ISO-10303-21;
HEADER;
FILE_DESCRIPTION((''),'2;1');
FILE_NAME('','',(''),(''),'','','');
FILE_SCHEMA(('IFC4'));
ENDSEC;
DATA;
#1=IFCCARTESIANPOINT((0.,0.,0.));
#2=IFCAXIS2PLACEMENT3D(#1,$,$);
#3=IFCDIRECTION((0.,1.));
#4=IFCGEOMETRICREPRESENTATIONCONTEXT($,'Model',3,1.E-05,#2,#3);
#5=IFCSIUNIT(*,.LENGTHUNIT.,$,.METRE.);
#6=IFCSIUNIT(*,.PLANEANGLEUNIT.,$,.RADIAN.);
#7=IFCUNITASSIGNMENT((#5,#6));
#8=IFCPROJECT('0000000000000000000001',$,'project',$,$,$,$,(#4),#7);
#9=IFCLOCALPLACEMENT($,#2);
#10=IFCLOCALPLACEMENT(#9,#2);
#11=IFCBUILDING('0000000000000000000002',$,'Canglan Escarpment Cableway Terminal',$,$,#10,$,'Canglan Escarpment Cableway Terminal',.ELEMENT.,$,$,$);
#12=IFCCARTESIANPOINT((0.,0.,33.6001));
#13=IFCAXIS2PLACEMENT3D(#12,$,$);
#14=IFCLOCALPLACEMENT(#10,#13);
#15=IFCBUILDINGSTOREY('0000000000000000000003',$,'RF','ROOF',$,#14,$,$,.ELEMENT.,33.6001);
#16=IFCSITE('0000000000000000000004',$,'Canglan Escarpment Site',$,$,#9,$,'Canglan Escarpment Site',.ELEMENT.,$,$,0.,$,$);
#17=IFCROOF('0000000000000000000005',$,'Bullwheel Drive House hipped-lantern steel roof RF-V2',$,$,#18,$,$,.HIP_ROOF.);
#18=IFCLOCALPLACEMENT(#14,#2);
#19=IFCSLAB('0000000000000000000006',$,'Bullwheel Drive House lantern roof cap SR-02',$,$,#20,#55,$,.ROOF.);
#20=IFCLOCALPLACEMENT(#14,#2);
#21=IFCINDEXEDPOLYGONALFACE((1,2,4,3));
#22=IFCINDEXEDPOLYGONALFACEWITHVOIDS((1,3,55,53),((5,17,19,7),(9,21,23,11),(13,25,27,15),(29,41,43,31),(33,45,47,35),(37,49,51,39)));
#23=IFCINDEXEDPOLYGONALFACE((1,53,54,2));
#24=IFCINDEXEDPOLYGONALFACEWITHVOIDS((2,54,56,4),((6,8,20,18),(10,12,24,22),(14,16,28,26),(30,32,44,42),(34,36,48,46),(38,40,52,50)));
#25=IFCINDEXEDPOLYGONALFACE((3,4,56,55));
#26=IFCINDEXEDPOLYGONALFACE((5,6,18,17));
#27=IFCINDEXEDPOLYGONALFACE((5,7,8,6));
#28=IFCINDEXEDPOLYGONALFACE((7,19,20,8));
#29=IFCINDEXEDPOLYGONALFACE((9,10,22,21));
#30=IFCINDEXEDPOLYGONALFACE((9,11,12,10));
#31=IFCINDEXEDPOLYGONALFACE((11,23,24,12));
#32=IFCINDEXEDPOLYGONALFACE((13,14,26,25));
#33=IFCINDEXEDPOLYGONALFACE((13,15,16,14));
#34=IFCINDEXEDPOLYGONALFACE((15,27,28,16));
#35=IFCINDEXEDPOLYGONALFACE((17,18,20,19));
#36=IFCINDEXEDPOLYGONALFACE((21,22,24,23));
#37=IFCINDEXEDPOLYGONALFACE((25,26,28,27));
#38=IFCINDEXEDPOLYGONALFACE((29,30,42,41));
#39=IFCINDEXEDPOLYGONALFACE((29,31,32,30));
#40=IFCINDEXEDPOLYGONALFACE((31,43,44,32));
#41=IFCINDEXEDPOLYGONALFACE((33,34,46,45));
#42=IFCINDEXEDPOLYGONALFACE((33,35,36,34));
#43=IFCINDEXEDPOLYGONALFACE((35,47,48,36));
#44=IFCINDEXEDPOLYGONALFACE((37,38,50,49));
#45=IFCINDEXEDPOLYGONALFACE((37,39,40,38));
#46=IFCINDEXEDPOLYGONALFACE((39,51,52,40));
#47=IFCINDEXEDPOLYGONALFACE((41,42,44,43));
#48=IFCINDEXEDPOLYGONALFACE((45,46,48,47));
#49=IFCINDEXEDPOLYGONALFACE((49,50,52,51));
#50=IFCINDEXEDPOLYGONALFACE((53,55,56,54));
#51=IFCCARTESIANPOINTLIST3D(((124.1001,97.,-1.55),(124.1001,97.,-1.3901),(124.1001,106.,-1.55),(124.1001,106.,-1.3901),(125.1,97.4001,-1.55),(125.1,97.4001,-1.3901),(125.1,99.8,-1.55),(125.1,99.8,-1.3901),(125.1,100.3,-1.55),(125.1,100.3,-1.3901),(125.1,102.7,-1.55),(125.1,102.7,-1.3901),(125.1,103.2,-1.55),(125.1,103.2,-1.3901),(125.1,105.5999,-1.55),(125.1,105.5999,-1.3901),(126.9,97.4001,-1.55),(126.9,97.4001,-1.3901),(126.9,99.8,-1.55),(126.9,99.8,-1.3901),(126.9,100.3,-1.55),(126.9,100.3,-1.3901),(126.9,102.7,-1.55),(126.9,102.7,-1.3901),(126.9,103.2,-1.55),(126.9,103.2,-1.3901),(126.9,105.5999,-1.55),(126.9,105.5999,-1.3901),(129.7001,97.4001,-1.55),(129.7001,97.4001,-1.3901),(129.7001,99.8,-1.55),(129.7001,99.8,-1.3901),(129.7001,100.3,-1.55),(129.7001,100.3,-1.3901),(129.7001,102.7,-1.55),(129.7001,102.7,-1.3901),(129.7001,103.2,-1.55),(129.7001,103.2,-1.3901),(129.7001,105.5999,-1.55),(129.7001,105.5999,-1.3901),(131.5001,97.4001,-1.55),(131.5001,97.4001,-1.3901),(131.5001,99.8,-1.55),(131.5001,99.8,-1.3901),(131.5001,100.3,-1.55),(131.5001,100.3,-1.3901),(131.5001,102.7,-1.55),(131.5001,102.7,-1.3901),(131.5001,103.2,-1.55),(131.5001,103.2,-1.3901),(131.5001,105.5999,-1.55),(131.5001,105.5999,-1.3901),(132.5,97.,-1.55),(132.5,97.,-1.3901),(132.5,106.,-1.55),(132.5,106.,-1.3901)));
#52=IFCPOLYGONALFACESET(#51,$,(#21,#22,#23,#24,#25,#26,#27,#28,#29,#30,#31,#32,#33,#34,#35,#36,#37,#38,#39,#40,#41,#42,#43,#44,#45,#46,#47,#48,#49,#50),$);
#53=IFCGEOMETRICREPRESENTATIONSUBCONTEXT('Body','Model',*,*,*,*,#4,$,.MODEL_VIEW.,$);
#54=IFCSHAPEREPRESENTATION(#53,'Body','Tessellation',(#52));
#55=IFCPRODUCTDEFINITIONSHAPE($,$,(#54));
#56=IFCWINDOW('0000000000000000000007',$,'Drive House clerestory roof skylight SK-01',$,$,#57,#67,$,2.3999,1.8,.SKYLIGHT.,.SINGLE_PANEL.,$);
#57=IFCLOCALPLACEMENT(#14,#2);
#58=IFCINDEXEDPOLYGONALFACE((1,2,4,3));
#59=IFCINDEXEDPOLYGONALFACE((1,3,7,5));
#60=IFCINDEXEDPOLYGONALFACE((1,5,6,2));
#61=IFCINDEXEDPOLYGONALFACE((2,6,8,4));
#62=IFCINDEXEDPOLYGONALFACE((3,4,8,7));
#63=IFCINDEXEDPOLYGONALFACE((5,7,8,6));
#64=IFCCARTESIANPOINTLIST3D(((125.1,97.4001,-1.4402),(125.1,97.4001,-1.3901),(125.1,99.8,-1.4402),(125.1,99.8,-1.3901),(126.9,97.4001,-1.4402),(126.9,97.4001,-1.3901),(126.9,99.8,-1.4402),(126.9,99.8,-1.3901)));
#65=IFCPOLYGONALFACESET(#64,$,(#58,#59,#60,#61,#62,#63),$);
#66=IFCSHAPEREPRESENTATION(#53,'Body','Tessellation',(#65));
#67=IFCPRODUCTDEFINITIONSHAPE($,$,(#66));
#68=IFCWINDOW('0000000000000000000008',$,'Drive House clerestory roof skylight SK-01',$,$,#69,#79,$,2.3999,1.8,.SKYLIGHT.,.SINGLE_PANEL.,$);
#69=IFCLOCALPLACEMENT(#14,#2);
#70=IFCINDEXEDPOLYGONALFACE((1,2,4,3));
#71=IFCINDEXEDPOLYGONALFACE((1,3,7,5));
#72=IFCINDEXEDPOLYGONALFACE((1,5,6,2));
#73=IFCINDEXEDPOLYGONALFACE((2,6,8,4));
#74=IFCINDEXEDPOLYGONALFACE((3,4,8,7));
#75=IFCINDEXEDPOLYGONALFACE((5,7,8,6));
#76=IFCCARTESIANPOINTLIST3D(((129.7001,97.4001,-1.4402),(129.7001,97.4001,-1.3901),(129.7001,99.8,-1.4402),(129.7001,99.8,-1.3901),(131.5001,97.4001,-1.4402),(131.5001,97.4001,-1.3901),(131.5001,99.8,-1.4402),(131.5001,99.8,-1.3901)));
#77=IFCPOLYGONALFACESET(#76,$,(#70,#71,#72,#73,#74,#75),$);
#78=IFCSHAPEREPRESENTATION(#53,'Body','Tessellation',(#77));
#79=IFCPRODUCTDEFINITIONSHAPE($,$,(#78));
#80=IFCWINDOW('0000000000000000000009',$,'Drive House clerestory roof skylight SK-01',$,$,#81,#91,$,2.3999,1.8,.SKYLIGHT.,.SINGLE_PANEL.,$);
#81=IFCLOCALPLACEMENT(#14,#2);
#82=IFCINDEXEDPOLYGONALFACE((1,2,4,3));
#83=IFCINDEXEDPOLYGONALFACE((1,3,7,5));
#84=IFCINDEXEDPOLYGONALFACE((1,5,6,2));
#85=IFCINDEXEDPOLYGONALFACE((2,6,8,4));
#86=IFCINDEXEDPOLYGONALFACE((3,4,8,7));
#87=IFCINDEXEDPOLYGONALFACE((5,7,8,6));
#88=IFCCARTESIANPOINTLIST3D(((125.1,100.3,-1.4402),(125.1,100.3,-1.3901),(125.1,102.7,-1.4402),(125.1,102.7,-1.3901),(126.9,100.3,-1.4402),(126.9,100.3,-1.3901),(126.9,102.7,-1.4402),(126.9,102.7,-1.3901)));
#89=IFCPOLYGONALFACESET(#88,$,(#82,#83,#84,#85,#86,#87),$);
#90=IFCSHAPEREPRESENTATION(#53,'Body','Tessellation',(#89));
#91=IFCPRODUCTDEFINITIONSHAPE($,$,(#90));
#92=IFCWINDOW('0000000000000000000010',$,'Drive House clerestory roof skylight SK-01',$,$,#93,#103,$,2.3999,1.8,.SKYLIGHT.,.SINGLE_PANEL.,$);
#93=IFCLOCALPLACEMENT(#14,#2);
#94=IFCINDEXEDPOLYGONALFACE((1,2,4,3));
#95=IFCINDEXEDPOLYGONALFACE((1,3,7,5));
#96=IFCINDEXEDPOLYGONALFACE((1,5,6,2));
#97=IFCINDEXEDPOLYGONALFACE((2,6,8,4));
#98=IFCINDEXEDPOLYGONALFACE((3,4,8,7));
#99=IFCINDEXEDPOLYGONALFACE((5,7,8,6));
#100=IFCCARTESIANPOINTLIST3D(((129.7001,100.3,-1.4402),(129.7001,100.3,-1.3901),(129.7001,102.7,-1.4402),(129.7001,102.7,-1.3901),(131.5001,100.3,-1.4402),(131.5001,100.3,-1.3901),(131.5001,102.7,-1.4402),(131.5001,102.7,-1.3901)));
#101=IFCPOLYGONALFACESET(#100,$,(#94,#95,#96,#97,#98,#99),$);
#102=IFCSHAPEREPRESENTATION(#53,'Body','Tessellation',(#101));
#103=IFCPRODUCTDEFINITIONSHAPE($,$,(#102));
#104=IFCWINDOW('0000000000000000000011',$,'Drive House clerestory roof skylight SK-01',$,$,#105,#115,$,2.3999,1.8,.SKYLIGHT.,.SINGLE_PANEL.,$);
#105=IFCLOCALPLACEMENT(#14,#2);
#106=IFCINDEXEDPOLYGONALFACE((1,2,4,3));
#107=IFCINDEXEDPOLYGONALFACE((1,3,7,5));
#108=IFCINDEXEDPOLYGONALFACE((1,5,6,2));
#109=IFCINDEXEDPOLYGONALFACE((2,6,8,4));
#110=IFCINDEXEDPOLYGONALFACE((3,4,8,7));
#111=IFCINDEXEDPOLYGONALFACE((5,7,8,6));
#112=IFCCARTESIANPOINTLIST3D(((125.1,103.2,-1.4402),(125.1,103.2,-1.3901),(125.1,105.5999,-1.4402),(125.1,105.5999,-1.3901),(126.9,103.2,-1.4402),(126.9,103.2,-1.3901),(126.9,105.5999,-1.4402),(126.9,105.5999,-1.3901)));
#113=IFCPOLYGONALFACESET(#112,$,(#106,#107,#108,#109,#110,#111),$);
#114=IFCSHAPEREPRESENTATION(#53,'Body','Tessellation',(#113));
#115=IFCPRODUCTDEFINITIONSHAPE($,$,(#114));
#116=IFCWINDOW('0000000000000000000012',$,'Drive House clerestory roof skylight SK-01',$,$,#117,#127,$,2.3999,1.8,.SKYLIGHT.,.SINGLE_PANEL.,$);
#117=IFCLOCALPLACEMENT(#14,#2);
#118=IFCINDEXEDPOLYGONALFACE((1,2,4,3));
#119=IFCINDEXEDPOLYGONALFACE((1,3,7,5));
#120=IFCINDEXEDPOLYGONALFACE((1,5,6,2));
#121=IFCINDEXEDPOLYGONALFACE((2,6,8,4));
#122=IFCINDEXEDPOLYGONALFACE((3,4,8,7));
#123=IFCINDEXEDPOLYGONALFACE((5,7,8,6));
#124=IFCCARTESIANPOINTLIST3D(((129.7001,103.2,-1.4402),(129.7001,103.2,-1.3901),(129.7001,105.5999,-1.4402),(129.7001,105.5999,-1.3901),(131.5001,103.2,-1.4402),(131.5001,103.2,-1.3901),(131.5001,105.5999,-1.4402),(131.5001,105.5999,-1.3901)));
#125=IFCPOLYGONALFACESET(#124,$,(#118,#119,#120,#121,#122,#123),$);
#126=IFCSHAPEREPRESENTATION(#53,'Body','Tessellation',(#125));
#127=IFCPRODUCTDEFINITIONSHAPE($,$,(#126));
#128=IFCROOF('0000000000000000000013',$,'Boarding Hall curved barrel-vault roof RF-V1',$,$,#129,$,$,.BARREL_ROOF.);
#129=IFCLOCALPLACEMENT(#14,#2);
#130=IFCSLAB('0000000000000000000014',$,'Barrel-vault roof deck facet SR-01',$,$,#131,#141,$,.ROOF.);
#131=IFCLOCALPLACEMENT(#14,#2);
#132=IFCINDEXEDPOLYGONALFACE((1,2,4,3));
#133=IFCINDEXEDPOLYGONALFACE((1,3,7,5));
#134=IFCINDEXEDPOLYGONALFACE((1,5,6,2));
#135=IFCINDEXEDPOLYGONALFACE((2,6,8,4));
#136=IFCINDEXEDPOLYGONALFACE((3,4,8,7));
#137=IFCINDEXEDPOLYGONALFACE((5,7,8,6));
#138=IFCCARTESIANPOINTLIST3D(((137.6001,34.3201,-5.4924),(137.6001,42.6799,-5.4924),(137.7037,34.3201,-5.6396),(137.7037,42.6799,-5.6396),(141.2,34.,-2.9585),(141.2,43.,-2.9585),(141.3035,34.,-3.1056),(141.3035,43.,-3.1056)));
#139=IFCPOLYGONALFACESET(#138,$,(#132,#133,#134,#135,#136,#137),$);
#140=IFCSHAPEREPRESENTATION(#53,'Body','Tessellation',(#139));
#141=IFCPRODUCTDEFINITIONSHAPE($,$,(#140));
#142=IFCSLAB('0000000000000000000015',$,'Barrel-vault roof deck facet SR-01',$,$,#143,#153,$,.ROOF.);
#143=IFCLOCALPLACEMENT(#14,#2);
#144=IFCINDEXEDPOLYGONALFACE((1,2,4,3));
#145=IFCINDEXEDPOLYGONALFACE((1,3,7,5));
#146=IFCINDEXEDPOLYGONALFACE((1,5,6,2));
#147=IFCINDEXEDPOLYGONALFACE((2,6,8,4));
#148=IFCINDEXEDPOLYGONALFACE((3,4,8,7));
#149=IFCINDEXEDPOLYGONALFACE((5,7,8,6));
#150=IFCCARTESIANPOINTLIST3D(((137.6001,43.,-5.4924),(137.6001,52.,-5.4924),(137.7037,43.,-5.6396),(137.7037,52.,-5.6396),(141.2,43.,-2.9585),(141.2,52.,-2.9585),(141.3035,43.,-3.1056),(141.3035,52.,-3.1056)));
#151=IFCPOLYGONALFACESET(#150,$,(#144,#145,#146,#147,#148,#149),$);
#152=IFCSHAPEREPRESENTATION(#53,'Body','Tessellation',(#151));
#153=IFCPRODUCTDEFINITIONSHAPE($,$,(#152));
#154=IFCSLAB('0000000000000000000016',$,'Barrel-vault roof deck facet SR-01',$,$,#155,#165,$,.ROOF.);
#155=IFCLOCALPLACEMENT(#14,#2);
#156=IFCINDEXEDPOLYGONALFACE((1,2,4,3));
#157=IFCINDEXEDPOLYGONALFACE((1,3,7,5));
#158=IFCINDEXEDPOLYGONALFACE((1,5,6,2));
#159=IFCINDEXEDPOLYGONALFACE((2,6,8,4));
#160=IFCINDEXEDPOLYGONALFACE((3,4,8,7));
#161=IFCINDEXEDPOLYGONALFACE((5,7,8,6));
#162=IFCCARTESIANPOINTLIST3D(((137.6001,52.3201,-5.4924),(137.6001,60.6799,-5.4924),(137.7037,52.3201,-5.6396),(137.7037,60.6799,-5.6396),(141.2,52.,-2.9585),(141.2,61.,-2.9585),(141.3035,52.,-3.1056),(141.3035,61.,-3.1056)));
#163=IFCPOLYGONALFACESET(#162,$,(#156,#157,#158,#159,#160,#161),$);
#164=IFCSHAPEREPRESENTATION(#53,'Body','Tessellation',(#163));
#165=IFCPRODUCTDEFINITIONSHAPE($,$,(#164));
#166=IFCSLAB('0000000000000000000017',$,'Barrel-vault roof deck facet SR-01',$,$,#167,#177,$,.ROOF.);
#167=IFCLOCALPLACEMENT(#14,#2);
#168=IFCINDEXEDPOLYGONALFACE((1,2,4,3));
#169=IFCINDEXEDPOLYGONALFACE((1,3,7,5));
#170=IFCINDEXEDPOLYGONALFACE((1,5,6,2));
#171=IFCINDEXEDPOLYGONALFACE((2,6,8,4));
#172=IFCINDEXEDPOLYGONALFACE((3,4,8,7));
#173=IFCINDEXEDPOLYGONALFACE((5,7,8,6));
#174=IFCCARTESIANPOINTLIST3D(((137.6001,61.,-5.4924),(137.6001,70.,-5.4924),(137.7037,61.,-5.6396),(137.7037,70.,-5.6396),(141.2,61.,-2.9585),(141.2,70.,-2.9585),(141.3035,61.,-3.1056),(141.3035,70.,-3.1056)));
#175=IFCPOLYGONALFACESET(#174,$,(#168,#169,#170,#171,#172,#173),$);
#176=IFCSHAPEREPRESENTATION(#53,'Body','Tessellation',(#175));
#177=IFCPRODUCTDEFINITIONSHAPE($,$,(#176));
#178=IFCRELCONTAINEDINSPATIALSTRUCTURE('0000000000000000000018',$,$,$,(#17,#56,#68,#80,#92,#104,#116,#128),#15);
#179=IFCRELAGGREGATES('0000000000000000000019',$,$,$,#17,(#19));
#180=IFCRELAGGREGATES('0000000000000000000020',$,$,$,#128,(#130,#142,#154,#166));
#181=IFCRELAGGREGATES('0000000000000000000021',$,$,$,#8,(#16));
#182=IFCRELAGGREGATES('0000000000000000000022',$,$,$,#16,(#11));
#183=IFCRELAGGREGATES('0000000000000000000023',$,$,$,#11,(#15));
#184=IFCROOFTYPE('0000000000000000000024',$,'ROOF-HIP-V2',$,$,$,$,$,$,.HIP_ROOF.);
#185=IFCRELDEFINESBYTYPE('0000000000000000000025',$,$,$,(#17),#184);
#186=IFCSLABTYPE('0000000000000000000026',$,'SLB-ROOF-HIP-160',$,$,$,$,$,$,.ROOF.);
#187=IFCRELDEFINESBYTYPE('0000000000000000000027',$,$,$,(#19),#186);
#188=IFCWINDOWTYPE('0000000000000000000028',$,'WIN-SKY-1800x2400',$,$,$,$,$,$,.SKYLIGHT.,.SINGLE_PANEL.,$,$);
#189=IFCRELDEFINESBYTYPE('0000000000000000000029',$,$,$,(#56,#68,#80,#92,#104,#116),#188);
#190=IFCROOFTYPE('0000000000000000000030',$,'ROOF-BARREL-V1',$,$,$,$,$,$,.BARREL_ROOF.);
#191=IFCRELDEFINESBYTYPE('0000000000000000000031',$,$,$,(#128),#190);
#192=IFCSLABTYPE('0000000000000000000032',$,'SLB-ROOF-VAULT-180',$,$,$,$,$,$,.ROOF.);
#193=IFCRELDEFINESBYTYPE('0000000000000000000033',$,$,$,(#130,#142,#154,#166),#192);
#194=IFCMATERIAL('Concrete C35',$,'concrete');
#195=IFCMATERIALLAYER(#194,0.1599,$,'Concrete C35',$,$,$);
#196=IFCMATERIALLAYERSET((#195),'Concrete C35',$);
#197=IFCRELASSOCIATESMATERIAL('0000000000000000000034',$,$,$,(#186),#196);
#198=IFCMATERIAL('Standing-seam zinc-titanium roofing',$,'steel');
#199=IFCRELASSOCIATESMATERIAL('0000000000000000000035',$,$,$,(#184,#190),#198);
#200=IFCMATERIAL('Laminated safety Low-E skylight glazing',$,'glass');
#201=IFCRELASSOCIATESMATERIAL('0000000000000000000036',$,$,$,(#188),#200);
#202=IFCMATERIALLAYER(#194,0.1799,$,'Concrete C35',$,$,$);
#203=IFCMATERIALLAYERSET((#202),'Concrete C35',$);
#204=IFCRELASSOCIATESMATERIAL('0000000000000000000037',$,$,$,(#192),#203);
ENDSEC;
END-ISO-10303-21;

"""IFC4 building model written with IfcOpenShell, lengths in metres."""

from ifc_helpers import new_model, si_unit, direction, frame, origin, origin_2d, place, context, subcontext, project, spatial, polyline, rectangle, outline, extrude, material, layer, layer_set, type_object, element, fill, aggregate, save


model = new_model("IFC4")

# Units and contexts
model_context = context("Model", 3, precision=1e-05, world=origin(), true_north=direction((0.0, 1.0)))
body_context = subcontext(model_context, "Body", "Model", "MODEL_VIEW")
ifc_project = project(units=[si_unit("LENGTHUNIT", "METRE"), si_unit("PLANEANGLEUNIT", "RADIAN")], contexts=[model_context])

# Site, building, storey
site_placement = place(None, origin())
site = spatial("IfcSite", under=ifc_project, at=site_placement, Name="Canglan Escarpment Site", LongName="Canglan Escarpment Site", CompositionType="ELEMENT", RefElevation=0.0)
building_placement = place(site_placement, origin())
building = spatial("IfcBuilding", under=site, at=building_placement, Name="Canglan Escarpment Cableway Terminal", LongName="Canglan Escarpment Cableway Terminal", CompositionType="ELEMENT")
storey_placement = place(building_placement, frame((0.0, 0.0, 33.6001)))
storey = spatial("IfcBuildingStorey", under=building, at=storey_placement, Name="RF", Description="ROOF", CompositionType="ELEMENT", Elevation=33.6001)

# Shared definitions
ifc_material_1 = material(Name="Standing-seam zinc-titanium roofing", Category="steel")
ifc_material_2 = material(Name="Concrete C35", Category="concrete")

# Shared definitions
ifc_layer_1 = layer(ifc_material_2, 0.1599, Name="Concrete C35")
ifc_layer_set_1 = layer_set([ifc_layer_1], Name="Concrete C35")
slab_type_1 = type_object("IfcSlabType", Name="SLB-ROOF-HIP-160", PredefinedType="ROOF", material=ifc_layer_set_1)
ifc_material_3 = material(Name="Laminated safety Low-E skylight glazing", Category="glass")

# Roof, slab, openings, windows
roof_type_1 = type_object("IfcRoofType", Name="ROOF-HIP-V2", PredefinedType="HIP_ROOF", material=ifc_material_1)
roof_1_placement = place(storey_placement, origin())
roof_1 = element("IfcRoof", 1, at=roof_1_placement, inside=storey, type_object=roof_type_1, Name="Bullwheel Drive House hipped-lantern steel roof RF-V2", PredefinedType="HIP_ROOF")
slab_1_placement = place(storey_placement, frame((0.0, 0.0, -1.55)))
slab_1 = element("IfcSlab", 2, at=slab_1_placement, type_object=slab_type_1, Name="Bullwheel Drive House lantern roof cap SR-02", PredefinedType="ROOF", context=body_context, shape_type="SweptSolid", body=[
    extrude(outline(polyline([(124.1001, 97.0), (132.5, 97.0), (132.5, 106.0), (124.1001, 106.0), (124.1001, 97.0)])), origin(), (0.0, 0.0, 1.0), 0.1599),
])
opening_1_placement = place(slab_1_placement, frame((126.0, 98.6001, 0.0)))
opening_1 = element("IfcOpeningElement", 3, at=opening_1_placement, cuts=slab_1, PredefinedType="OPENING", context=body_context, shape_type="SweptSolid", body=[
    extrude(rectangle(XDim=1.8, YDim=2.3999, at=origin_2d()), frame((0.0, 0.0, -0.01)), (0.0, 0.0, 1.0), 0.1799),
])
opening_2_placement = place(slab_1_placement, frame((130.6001, 98.6001, 0.0)))
opening_2 = element("IfcOpeningElement", 4, at=opening_2_placement, cuts=slab_1, PredefinedType="OPENING", context=body_context, shape_type="SweptSolid", body=[
    extrude(rectangle(XDim=1.8, YDim=2.3999, at=origin_2d()), frame((0.0, 0.0, -0.01)), (0.0, 0.0, 1.0), 0.1799),
])
opening_3_placement = place(slab_1_placement, frame((126.0, 101.5, 0.0)))
opening_3 = element("IfcOpeningElement", 5, at=opening_3_placement, cuts=slab_1, PredefinedType="OPENING", context=body_context, shape_type="SweptSolid", body=[
    extrude(rectangle(XDim=1.8, YDim=2.3999, at=origin_2d()), frame((0.0, 0.0, -0.01)), (0.0, 0.0, 1.0), 0.1799),
])
opening_4_placement = place(slab_1_placement, frame((130.6001, 101.5, 0.0)))
opening_4 = element("IfcOpeningElement", 6, at=opening_4_placement, cuts=slab_1, PredefinedType="OPENING", context=body_context, shape_type="SweptSolid", body=[
    extrude(rectangle(XDim=1.8, YDim=2.3999, at=origin_2d()), frame((0.0, 0.0, -0.01)), (0.0, 0.0, 1.0), 0.1799),
])
opening_5_placement = place(slab_1_placement, frame((126.0, 104.3999, 0.0)))
opening_5 = element("IfcOpeningElement", 7, at=opening_5_placement, cuts=slab_1, PredefinedType="OPENING", context=body_context, shape_type="SweptSolid", body=[
    extrude(rectangle(XDim=1.8, YDim=2.3999, at=origin_2d()), frame((0.0, 0.0, -0.01)), (0.0, 0.0, 1.0), 0.1799),
])
opening_6_placement = place(slab_1_placement, frame((130.6001, 104.3999, 0.0)))
opening_6 = element("IfcOpeningElement", 8, at=opening_6_placement, cuts=slab_1, PredefinedType="OPENING", context=body_context, shape_type="SweptSolid", body=[
    extrude(rectangle(XDim=1.8, YDim=2.3999, at=origin_2d()), frame((0.0, 0.0, -0.01)), (0.0, 0.0, 1.0), 0.1799),
])
window_type_1 = type_object("IfcWindowType", Name="WIN-SKY-1800x2400", PartitioningType="SINGLE_PANEL", PredefinedType="SKYLIGHT", material=ifc_material_3)
window_1_placement = place(opening_1_placement, frame((0.0, 0.0, 0.1099)))
window_1 = element("IfcWindow", 9, at=window_1_placement, inside=storey, type_object=window_type_1, Name="Drive House clerestory roof skylight SK-01", OverallHeight=2.3999, OverallWidth=1.8, PartitioningType="SINGLE_PANEL", PredefinedType="SKYLIGHT", context=body_context, shape_type="SweptSolid", body=[
    extrude(rectangle(XDim=1.8, YDim=2.3999, at=origin_2d()), origin(), (0.0, 0.0, 1.0), 0.05),
])
fill(opening_1, window_1)
window_2_placement = place(opening_2_placement, frame((0.0, 0.0, 0.1099)))
window_2 = element("IfcWindow", 10, at=window_2_placement, inside=storey, type_object=window_type_1, Name="Drive House clerestory roof skylight SK-01", OverallHeight=2.3999, OverallWidth=1.8, PartitioningType="SINGLE_PANEL", PredefinedType="SKYLIGHT", context=body_context, shape_type="SweptSolid", body=[
    extrude(rectangle(XDim=1.8, YDim=2.3999, at=origin_2d()), origin(), (0.0, 0.0, 1.0), 0.05),
])
fill(opening_2, window_2)
window_3_placement = place(opening_3_placement, frame((0.0, 0.0, 0.1099)))
window_3 = element("IfcWindow", 11, at=window_3_placement, inside=storey, type_object=window_type_1, Name="Drive House clerestory roof skylight SK-01", OverallHeight=2.3999, OverallWidth=1.8, PartitioningType="SINGLE_PANEL", PredefinedType="SKYLIGHT", context=body_context, shape_type="SweptSolid", body=[
    extrude(rectangle(XDim=1.8, YDim=2.3999, at=origin_2d()), origin(), (0.0, 0.0, 1.0), 0.05),
])
fill(opening_3, window_3)
window_4_placement = place(opening_4_placement, frame((0.0, 0.0, 0.1099)))
window_4 = element("IfcWindow", 12, at=window_4_placement, inside=storey, type_object=window_type_1, Name="Drive House clerestory roof skylight SK-01", OverallHeight=2.3999, OverallWidth=1.8, PartitioningType="SINGLE_PANEL", PredefinedType="SKYLIGHT", context=body_context, shape_type="SweptSolid", body=[
    extrude(rectangle(XDim=1.8, YDim=2.3999, at=origin_2d()), origin(), (0.0, 0.0, 1.0), 0.05),
])
fill(opening_4, window_4)
window_5_placement = place(opening_5_placement, frame((0.0, 0.0, 0.1099)))
window_5 = element("IfcWindow", 13, at=window_5_placement, inside=storey, type_object=window_type_1, Name="Drive House clerestory roof skylight SK-01", OverallHeight=2.3999, OverallWidth=1.8, PartitioningType="SINGLE_PANEL", PredefinedType="SKYLIGHT", context=body_context, shape_type="SweptSolid", body=[
    extrude(rectangle(XDim=1.8, YDim=2.3999, at=origin_2d()), origin(), (0.0, 0.0, 1.0), 0.05),
])
fill(opening_5, window_5)
window_6_placement = place(opening_6_placement, frame((0.0, 0.0, 0.1099)))
window_6 = element("IfcWindow", 14, at=window_6_placement, inside=storey, type_object=window_type_1, Name="Drive House clerestory roof skylight SK-01", OverallHeight=2.3999, OverallWidth=1.8, PartitioningType="SINGLE_PANEL", PredefinedType="SKYLIGHT", context=body_context, shape_type="SweptSolid", body=[
    extrude(rectangle(XDim=1.8, YDim=2.3999, at=origin_2d()), origin(), (0.0, 0.0, 1.0), 0.05),
])
fill(opening_6, window_6)
aggregate(roof_1, [slab_1])

# Roof, slabs
roof_type_2 = type_object("IfcRoofType", Name="ROOF-BARREL-V1", PredefinedType="BARREL_ROOF", material=ifc_material_1)
roof_2_placement = place(storey_placement, origin())
roof_2 = element("IfcRoof", 15, at=roof_2_placement, inside=storey, type_object=roof_type_2, Name="Boarding Hall curved barrel-vault roof RF-V1", PredefinedType="BARREL_ROOF")
ifc_layer_2 = layer(ifc_material_2, 0.1799, Name="Concrete C35")
ifc_layer_set_2 = layer_set([ifc_layer_2], Name="Concrete C35")
slab_type_2 = type_object("IfcSlabType", Name="SLB-ROOF-VAULT-180", PredefinedType="ROOF", material=ifc_layer_set_2)
slab_2_placement = place(storey_placement, frame((137.6001, 34.3201, -5.4924), z_axis=(-0.575601, 0.0, 0.817731), x_axis=(0.815578, -0.072514, 0.574085)))
slab_2 = element("IfcSlab", 16, at=slab_2_placement, type_object=slab_type_2, Name="Barrel-vault roof deck facet SR-01", PredefinedType="ROOF", context=body_context, shape_type="SweptSolid", body=[
    extrude(outline(polyline([(0.0, 0.0), (4.4139, 0.0), (3.7612, 8.9763), (-0.6062, 8.3379), (0.0, 0.0)])), origin(), (0.0, 0.0, -1.0), 0.1799),
])
slab_3_placement = place(storey_placement, frame((137.6001, 43.0, -5.4924), z_axis=(-0.575601, 0.0, 0.817731), x_axis=(0.817731, 0.0, 0.575601)))
slab_3 = element("IfcSlab", 17, at=slab_3_placement, type_object=slab_type_2, Name="Barrel-vault roof deck facet SR-01", PredefinedType="ROOF", context=body_context, shape_type="SweptSolid", body=[
    extrude(outline(polyline([(0.0, 0.0), (4.4022, 0.0), (4.4022, 9.0), (0.0, 9.0), (0.0, 0.0)])), origin(), (0.0, 0.0, -1.0), 0.1799),
])
slab_4_placement = place(storey_placement, frame((137.6001, 52.3201, -5.4924), z_axis=(-0.575601, 0.0, 0.817731), x_axis=(0.815578, -0.072514, 0.574085)))
slab_4 = element("IfcSlab", 18, at=slab_4_placement, type_object=slab_type_2, Name="Barrel-vault roof deck facet SR-01", PredefinedType="ROOF", context=body_context, shape_type="SweptSolid", body=[
    extrude(outline(polyline([(0.0, 0.0), (4.4139, 0.0), (3.7612, 8.9763), (-0.6062, 8.3379), (0.0, 0.0)])), origin(), (0.0, 0.0, -1.0), 0.1799),
])
slab_5_placement = place(storey_placement, frame((137.6001, 61.0, -5.4924), z_axis=(-0.575601, 0.0, 0.817731), x_axis=(0.817731, 0.0, 0.575601)))
slab_5 = element("IfcSlab", 19, at=slab_5_placement, type_object=slab_type_2, Name="Barrel-vault roof deck facet SR-01", PredefinedType="ROOF", context=body_context, shape_type="SweptSolid", body=[
    extrude(outline(polyline([(0.0, 0.0), (4.4022, 0.0), (4.4022, 9.0), (0.0, 9.0), (0.0, 0.0)])), origin(), (0.0, 0.0, -1.0), 0.1799),
])
aggregate(roof_2, [slab_2, slab_3, slab_4, slab_5])

save(model, "model.ifc")
